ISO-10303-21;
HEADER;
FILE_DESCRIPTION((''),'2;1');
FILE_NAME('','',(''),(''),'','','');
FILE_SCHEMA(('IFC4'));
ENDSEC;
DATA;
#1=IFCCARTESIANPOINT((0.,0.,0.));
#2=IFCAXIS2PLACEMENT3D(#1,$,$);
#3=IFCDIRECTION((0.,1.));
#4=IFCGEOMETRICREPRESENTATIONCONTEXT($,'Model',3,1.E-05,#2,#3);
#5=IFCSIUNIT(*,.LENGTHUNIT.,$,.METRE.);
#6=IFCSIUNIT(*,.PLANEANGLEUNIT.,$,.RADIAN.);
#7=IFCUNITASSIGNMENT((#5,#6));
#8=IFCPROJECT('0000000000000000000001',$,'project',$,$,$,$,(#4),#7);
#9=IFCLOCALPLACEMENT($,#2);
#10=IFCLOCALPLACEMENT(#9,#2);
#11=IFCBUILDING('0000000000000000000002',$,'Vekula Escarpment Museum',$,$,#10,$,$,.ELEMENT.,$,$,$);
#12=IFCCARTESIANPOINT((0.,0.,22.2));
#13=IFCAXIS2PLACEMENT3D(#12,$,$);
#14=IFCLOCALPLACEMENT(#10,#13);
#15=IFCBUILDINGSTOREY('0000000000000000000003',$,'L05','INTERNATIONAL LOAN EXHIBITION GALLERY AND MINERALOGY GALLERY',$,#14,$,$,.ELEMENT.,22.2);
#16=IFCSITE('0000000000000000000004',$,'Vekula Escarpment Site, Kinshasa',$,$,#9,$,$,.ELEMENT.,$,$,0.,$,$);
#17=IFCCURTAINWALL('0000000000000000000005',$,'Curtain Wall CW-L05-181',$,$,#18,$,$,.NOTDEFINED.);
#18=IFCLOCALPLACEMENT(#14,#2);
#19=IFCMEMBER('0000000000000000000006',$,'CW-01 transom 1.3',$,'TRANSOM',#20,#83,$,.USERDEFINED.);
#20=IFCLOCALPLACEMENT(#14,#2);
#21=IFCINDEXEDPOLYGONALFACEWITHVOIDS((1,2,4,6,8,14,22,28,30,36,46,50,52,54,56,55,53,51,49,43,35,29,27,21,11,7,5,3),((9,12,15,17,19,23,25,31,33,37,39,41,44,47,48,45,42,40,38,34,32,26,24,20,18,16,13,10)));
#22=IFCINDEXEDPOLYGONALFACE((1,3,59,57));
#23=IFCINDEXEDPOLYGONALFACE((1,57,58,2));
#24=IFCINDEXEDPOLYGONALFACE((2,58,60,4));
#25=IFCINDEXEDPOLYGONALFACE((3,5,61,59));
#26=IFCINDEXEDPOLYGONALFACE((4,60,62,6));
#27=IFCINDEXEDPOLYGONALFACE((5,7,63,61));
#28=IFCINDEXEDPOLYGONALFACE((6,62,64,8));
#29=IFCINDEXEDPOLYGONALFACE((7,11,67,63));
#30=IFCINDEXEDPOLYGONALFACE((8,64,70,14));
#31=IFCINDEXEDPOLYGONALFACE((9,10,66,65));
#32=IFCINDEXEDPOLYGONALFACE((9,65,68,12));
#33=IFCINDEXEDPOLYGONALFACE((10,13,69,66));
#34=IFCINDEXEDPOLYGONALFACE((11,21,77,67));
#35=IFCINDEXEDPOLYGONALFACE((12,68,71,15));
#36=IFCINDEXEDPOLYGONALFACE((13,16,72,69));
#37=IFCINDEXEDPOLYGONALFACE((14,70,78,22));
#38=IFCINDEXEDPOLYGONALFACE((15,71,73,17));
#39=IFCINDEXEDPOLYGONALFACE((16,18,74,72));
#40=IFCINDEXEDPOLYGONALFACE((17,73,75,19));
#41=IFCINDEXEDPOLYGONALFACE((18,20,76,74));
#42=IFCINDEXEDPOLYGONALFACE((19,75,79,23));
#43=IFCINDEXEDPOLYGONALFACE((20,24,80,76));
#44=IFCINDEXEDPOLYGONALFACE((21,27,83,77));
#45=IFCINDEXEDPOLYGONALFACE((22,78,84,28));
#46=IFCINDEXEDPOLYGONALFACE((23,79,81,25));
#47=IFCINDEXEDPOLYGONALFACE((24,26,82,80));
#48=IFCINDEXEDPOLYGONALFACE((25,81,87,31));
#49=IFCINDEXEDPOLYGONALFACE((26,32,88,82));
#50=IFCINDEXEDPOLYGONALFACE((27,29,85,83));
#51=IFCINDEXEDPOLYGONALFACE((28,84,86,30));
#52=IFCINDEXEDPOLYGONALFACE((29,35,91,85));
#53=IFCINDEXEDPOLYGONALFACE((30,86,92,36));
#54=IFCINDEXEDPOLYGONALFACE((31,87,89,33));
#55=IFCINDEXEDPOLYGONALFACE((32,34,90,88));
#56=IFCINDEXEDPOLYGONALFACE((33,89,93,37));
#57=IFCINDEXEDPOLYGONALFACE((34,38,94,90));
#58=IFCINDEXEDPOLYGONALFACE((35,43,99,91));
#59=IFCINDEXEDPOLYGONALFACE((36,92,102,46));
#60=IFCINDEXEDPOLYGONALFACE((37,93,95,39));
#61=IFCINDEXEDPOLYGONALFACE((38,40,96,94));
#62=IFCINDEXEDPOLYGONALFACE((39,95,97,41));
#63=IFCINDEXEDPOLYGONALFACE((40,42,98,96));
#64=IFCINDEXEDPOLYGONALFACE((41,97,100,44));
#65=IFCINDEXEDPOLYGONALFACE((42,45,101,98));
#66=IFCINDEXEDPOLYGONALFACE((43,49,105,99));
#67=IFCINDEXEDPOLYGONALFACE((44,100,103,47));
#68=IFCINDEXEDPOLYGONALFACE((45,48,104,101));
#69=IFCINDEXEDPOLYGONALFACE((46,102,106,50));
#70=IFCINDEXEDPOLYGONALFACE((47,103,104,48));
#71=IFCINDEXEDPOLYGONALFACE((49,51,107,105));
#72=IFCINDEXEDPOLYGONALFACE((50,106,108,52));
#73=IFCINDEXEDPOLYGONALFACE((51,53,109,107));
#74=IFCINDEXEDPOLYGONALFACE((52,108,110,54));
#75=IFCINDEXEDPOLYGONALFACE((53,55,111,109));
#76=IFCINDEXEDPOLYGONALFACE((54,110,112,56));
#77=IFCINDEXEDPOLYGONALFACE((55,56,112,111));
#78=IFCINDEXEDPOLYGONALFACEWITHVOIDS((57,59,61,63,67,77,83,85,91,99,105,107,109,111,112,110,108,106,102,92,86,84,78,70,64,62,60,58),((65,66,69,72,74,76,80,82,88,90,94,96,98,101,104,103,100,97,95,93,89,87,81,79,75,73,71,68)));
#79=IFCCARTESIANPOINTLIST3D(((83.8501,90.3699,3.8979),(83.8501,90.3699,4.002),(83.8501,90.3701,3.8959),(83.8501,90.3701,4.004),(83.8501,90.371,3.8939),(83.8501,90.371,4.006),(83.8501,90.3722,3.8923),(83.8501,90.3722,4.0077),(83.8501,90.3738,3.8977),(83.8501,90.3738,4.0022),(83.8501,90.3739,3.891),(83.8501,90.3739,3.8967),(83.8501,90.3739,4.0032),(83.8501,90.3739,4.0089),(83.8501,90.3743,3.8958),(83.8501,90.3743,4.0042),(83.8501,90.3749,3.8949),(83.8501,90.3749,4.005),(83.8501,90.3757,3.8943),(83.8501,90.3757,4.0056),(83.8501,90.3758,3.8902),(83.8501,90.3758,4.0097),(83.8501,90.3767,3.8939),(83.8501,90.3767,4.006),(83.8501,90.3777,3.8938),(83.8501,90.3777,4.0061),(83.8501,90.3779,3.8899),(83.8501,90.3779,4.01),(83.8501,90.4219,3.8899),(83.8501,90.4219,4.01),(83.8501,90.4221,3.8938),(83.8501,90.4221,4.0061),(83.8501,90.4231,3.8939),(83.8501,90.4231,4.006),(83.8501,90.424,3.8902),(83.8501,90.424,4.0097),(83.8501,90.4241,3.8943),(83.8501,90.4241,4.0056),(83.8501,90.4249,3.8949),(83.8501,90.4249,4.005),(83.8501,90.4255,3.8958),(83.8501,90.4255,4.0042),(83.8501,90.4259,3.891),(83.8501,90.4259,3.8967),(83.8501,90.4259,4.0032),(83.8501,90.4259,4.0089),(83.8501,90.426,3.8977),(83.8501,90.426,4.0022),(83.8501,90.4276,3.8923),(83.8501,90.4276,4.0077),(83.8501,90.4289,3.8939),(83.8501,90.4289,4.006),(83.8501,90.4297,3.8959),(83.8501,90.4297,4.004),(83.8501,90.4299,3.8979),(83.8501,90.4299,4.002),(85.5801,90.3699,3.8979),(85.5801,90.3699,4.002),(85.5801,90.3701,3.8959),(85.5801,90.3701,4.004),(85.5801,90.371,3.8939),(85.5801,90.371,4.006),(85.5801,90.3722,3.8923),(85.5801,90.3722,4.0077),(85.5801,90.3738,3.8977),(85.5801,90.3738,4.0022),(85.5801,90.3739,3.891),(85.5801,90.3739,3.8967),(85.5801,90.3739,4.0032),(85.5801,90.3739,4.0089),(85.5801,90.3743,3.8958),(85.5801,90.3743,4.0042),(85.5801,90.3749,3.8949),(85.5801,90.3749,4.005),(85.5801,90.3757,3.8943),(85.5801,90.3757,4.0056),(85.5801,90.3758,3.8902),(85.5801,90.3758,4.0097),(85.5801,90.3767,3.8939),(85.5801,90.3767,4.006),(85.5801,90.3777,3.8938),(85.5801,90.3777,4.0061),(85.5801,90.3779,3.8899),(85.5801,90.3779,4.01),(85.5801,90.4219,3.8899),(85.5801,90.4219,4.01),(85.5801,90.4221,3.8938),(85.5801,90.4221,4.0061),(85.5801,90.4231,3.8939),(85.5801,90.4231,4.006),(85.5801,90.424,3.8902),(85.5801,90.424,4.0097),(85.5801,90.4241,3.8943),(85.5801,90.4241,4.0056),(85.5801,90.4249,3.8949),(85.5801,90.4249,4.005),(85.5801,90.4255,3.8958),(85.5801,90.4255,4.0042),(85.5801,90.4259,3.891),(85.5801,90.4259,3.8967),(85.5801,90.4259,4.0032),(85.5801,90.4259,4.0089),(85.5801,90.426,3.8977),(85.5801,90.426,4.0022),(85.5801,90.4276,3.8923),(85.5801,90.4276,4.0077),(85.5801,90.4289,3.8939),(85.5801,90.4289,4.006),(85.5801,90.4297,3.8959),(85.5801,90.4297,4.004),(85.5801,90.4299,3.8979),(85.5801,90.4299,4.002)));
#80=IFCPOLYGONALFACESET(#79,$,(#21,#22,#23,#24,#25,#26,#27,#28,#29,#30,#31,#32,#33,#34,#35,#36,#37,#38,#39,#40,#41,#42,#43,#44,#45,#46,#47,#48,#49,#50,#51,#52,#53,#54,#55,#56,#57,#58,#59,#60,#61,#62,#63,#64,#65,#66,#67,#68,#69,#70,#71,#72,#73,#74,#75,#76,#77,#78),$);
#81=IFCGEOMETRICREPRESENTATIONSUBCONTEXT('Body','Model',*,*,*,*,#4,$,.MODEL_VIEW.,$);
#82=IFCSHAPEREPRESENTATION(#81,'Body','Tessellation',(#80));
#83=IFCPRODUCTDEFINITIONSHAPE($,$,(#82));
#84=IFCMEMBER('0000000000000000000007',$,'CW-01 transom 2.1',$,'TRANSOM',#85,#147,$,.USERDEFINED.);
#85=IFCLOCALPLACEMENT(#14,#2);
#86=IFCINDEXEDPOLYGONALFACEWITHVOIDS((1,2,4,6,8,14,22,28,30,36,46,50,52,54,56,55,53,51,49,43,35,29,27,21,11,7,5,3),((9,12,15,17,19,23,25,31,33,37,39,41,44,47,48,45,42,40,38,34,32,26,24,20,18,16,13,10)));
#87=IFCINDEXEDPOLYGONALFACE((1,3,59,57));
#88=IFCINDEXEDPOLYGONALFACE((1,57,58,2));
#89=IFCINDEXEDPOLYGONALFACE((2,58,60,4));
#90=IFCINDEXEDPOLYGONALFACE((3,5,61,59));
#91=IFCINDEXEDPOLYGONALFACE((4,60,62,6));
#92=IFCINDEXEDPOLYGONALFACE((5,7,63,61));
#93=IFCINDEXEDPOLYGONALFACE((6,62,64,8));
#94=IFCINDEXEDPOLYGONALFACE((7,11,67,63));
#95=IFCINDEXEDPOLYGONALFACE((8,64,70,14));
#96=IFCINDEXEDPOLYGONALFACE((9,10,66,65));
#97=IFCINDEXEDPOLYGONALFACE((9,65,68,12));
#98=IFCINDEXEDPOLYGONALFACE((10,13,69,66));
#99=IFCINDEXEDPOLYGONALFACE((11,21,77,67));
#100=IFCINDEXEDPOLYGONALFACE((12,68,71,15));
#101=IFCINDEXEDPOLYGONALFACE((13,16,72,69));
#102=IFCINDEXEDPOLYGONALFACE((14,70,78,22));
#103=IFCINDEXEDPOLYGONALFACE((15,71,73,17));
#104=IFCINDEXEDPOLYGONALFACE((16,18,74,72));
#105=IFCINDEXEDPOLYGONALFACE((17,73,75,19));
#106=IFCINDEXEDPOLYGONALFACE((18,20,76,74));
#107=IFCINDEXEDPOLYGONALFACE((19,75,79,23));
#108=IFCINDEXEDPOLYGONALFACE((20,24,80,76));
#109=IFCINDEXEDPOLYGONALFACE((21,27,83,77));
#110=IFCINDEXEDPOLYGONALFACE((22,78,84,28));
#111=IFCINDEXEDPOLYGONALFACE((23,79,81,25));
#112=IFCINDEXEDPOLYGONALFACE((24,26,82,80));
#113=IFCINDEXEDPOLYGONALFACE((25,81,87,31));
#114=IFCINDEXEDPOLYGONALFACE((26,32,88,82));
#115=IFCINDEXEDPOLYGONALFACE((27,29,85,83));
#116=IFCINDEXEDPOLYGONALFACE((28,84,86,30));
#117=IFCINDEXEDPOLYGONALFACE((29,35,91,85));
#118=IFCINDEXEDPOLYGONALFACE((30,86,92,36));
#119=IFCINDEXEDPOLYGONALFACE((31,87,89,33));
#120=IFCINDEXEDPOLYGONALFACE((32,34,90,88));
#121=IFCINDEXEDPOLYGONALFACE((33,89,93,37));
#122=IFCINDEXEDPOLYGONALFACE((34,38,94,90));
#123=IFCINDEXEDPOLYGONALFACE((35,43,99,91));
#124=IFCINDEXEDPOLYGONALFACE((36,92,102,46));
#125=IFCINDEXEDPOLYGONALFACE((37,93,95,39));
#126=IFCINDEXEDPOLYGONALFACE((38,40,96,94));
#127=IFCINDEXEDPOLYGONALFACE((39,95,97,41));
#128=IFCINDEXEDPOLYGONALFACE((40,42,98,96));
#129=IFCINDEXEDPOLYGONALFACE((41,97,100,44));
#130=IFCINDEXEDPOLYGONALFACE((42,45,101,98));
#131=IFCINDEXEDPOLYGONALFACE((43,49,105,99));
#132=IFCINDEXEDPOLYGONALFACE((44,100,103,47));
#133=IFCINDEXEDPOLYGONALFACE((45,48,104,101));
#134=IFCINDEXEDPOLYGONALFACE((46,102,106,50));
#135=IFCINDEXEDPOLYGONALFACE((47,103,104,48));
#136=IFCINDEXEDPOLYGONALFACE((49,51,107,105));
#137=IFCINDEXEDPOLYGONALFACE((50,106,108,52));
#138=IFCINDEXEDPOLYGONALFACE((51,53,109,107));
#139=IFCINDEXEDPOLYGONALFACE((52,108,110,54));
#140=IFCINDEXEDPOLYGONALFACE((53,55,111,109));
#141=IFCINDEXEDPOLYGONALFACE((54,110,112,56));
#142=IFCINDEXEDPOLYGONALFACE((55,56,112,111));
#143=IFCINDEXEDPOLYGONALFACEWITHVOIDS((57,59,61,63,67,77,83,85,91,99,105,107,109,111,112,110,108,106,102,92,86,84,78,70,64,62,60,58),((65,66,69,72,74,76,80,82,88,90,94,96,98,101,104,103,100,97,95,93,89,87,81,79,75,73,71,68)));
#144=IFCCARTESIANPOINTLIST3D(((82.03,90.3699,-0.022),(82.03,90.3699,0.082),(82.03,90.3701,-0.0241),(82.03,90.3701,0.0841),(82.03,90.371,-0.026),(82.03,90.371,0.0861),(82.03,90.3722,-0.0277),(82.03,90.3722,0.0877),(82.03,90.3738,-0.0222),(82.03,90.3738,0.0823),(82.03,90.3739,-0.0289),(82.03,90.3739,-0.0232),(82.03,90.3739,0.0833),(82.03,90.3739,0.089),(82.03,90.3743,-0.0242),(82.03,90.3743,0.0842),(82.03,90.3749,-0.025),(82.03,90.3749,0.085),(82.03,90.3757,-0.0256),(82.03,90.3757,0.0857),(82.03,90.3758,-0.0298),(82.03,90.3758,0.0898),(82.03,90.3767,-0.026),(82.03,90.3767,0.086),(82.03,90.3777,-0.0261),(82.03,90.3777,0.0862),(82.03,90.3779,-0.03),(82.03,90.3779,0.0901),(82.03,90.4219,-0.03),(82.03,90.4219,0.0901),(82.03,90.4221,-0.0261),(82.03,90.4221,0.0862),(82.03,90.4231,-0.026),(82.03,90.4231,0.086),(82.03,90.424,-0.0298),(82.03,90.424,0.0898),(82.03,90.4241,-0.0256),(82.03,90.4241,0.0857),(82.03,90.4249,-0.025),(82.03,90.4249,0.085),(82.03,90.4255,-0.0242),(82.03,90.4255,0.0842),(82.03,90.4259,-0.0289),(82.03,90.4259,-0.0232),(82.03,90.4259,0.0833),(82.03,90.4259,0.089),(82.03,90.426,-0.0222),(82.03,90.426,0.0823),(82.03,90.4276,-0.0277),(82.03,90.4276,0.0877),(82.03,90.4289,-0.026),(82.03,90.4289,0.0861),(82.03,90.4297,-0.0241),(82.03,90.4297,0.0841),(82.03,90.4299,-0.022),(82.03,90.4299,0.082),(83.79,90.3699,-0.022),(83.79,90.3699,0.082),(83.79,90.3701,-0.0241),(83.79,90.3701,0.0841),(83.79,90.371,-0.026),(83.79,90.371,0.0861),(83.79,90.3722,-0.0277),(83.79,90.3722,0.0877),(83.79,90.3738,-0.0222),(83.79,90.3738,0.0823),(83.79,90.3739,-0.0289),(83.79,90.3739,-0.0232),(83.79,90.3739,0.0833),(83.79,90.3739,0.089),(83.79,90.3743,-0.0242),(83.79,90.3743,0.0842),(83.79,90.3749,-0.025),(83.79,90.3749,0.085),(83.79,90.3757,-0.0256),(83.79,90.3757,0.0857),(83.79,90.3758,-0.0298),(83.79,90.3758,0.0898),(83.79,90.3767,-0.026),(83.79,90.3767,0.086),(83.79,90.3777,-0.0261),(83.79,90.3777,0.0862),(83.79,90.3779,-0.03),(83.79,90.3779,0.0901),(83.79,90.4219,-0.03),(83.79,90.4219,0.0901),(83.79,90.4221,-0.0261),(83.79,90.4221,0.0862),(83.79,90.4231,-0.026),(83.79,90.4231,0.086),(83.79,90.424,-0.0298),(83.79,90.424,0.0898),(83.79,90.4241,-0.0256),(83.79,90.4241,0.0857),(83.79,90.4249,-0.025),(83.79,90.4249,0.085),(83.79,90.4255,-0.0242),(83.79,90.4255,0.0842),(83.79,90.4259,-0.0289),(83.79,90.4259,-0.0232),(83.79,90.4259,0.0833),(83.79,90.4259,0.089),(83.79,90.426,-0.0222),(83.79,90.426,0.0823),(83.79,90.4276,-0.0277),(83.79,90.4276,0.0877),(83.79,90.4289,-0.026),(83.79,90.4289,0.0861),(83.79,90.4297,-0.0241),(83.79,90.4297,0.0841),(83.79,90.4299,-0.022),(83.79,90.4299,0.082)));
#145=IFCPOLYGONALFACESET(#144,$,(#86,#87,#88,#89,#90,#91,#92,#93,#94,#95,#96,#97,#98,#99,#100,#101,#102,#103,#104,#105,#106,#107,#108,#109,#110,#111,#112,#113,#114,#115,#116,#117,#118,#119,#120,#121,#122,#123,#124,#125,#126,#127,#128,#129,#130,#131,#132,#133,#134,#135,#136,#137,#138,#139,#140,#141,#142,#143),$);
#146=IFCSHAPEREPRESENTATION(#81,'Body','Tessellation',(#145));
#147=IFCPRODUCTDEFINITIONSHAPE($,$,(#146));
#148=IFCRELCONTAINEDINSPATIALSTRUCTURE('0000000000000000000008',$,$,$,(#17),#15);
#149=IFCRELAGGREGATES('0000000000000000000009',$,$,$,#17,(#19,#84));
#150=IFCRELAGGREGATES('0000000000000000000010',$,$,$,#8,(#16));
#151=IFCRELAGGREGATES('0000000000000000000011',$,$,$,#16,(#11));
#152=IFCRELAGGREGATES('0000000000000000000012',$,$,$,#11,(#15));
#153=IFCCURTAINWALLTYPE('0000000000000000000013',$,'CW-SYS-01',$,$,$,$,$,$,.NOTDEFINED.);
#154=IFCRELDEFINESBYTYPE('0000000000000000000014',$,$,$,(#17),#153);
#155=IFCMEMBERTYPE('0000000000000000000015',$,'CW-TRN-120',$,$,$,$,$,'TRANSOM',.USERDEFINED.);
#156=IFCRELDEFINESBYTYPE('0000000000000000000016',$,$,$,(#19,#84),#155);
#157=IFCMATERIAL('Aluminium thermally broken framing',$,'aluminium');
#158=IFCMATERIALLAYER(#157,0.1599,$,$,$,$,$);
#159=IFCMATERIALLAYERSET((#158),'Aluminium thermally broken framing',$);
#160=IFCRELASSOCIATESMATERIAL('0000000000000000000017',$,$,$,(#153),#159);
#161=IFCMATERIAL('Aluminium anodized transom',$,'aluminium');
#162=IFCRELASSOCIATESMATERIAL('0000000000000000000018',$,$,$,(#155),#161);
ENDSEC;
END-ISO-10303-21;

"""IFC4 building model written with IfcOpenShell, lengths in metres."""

from ifc_helpers import new_model, si_unit, direction, frame, origin, origin_2d, place, context, subcontext, project, spatial, hollow_rectangle, extrude, material, layer, layer_set, material_profile, profile_set, type_object, element, aggregate, save


model = new_model("IFC4")

# Units and contexts
model_context = context("Model", 3, precision=1e-05, world=origin(), true_north=direction((0.0, 1.0)))
body_context = subcontext(model_context, "Body", "Model", "MODEL_VIEW")
ifc_project = project(units=[si_unit("LENGTHUNIT", "METRE"), si_unit("PLANEANGLEUNIT", "RADIAN")], contexts=[model_context])

# Site, building, storey
site_placement = place(None, origin())
site = spatial("IfcSite", under=ifc_project, at=site_placement, Name="Vekula Escarpment Site, Kinshasa", CompositionType="ELEMENT", RefElevation=0.0)
building_placement = place(site_placement, origin())
building = spatial("IfcBuilding", under=site, at=building_placement, Name="Vekula Escarpment Museum", CompositionType="ELEMENT")
storey_placement = place(building_placement, frame((0.0, 0.0, 22.2)))
storey = spatial("IfcBuildingStorey", under=building, at=storey_placement, Name="L05", Description="INTERNATIONAL LOAN EXHIBITION GALLERY AND MINERALOGY GALLERY", CompositionType="ELEMENT", Elevation=22.2)

# Curtain wall, members
ifc_material_1 = material(Name="Aluminium thermally broken framing", Category="aluminium")
ifc_layer_1 = layer(ifc_material_1, 0.1599)
ifc_layer_set_1 = layer_set([ifc_layer_1], Name="Aluminium thermally broken framing")
curtain_wall_type = type_object("IfcCurtainWallType", Name="CW-SYS-01", PredefinedType="NOTDEFINED", material=ifc_layer_set_1)
curtain_wall_placement = place(storey_placement, origin())
curtain_wall = element("IfcCurtainWall", 1, at=curtain_wall_placement, inside=storey, type_object=curtain_wall_type, Name="Curtain Wall CW-L05-181", PredefinedType="NOTDEFINED")
ifc_material_2 = material(Name="Aluminium anodized transom", Category="aluminium")
ifc_material_profile_1 = material_profile(ifc_material_2, hollow_rectangle(XDim=0.0601, YDim=0.1201, WallThickness=0.0039, InnerFilletRadius=0.0039, OuterFilletRadius=0.0081, at=origin_2d()), Name="ALU 120x60x4")
ifc_profile_set_1 = profile_set([ifc_material_profile_1], Name="Aluminium anodized transom")
member_type_1 = type_object("IfcMemberType", Name="CW-TRN-120", ElementType="TRANSOM", PredefinedType="USERDEFINED", material=ifc_profile_set_1)
member_1_placement = place(storey_placement, frame((85.5801, 90.3999, 3.95), z_axis=(-1.0, 0.0, 0.0), x_axis=(0.0, -1.0, 0.0)))
member_1 = element("IfcMember", 2, at=member_1_placement, type_object=member_type_1, Name="CW-01 transom 1.3", ObjectType="TRANSOM", PredefinedType="USERDEFINED", context=body_context, shape_type="SweptSolid", body=[
    extrude(hollow_rectangle(XDim=0.0601, YDim=0.1201, WallThickness=0.0039, InnerFilletRadius=0.0039, OuterFilletRadius=0.0081, at=origin_2d()), origin(), (0.0, 0.0, 1.0), 1.73),
])
member_2_placement = place(storey_placement, frame((83.79, 90.3999, 0.03), z_axis=(-1.0, 0.0, 0.0), x_axis=(0.0, -1.0, 0.0)))
member_2 = element("IfcMember", 3, at=member_2_placement, type_object=member_type_1, Name="CW-01 transom 2.1", ObjectType="TRANSOM", PredefinedType="USERDEFINED", context=body_context, shape_type="SweptSolid", body=[
    extrude(hollow_rectangle(XDim=0.0601, YDim=0.1201, WallThickness=0.0039, InnerFilletRadius=0.0039, OuterFilletRadius=0.0081, at=origin_2d()), origin(), (0.0, 0.0, 1.0), 1.76),
])

aggregate(curtain_wall, [member_1, member_2])

save(model, "model.ifc")
